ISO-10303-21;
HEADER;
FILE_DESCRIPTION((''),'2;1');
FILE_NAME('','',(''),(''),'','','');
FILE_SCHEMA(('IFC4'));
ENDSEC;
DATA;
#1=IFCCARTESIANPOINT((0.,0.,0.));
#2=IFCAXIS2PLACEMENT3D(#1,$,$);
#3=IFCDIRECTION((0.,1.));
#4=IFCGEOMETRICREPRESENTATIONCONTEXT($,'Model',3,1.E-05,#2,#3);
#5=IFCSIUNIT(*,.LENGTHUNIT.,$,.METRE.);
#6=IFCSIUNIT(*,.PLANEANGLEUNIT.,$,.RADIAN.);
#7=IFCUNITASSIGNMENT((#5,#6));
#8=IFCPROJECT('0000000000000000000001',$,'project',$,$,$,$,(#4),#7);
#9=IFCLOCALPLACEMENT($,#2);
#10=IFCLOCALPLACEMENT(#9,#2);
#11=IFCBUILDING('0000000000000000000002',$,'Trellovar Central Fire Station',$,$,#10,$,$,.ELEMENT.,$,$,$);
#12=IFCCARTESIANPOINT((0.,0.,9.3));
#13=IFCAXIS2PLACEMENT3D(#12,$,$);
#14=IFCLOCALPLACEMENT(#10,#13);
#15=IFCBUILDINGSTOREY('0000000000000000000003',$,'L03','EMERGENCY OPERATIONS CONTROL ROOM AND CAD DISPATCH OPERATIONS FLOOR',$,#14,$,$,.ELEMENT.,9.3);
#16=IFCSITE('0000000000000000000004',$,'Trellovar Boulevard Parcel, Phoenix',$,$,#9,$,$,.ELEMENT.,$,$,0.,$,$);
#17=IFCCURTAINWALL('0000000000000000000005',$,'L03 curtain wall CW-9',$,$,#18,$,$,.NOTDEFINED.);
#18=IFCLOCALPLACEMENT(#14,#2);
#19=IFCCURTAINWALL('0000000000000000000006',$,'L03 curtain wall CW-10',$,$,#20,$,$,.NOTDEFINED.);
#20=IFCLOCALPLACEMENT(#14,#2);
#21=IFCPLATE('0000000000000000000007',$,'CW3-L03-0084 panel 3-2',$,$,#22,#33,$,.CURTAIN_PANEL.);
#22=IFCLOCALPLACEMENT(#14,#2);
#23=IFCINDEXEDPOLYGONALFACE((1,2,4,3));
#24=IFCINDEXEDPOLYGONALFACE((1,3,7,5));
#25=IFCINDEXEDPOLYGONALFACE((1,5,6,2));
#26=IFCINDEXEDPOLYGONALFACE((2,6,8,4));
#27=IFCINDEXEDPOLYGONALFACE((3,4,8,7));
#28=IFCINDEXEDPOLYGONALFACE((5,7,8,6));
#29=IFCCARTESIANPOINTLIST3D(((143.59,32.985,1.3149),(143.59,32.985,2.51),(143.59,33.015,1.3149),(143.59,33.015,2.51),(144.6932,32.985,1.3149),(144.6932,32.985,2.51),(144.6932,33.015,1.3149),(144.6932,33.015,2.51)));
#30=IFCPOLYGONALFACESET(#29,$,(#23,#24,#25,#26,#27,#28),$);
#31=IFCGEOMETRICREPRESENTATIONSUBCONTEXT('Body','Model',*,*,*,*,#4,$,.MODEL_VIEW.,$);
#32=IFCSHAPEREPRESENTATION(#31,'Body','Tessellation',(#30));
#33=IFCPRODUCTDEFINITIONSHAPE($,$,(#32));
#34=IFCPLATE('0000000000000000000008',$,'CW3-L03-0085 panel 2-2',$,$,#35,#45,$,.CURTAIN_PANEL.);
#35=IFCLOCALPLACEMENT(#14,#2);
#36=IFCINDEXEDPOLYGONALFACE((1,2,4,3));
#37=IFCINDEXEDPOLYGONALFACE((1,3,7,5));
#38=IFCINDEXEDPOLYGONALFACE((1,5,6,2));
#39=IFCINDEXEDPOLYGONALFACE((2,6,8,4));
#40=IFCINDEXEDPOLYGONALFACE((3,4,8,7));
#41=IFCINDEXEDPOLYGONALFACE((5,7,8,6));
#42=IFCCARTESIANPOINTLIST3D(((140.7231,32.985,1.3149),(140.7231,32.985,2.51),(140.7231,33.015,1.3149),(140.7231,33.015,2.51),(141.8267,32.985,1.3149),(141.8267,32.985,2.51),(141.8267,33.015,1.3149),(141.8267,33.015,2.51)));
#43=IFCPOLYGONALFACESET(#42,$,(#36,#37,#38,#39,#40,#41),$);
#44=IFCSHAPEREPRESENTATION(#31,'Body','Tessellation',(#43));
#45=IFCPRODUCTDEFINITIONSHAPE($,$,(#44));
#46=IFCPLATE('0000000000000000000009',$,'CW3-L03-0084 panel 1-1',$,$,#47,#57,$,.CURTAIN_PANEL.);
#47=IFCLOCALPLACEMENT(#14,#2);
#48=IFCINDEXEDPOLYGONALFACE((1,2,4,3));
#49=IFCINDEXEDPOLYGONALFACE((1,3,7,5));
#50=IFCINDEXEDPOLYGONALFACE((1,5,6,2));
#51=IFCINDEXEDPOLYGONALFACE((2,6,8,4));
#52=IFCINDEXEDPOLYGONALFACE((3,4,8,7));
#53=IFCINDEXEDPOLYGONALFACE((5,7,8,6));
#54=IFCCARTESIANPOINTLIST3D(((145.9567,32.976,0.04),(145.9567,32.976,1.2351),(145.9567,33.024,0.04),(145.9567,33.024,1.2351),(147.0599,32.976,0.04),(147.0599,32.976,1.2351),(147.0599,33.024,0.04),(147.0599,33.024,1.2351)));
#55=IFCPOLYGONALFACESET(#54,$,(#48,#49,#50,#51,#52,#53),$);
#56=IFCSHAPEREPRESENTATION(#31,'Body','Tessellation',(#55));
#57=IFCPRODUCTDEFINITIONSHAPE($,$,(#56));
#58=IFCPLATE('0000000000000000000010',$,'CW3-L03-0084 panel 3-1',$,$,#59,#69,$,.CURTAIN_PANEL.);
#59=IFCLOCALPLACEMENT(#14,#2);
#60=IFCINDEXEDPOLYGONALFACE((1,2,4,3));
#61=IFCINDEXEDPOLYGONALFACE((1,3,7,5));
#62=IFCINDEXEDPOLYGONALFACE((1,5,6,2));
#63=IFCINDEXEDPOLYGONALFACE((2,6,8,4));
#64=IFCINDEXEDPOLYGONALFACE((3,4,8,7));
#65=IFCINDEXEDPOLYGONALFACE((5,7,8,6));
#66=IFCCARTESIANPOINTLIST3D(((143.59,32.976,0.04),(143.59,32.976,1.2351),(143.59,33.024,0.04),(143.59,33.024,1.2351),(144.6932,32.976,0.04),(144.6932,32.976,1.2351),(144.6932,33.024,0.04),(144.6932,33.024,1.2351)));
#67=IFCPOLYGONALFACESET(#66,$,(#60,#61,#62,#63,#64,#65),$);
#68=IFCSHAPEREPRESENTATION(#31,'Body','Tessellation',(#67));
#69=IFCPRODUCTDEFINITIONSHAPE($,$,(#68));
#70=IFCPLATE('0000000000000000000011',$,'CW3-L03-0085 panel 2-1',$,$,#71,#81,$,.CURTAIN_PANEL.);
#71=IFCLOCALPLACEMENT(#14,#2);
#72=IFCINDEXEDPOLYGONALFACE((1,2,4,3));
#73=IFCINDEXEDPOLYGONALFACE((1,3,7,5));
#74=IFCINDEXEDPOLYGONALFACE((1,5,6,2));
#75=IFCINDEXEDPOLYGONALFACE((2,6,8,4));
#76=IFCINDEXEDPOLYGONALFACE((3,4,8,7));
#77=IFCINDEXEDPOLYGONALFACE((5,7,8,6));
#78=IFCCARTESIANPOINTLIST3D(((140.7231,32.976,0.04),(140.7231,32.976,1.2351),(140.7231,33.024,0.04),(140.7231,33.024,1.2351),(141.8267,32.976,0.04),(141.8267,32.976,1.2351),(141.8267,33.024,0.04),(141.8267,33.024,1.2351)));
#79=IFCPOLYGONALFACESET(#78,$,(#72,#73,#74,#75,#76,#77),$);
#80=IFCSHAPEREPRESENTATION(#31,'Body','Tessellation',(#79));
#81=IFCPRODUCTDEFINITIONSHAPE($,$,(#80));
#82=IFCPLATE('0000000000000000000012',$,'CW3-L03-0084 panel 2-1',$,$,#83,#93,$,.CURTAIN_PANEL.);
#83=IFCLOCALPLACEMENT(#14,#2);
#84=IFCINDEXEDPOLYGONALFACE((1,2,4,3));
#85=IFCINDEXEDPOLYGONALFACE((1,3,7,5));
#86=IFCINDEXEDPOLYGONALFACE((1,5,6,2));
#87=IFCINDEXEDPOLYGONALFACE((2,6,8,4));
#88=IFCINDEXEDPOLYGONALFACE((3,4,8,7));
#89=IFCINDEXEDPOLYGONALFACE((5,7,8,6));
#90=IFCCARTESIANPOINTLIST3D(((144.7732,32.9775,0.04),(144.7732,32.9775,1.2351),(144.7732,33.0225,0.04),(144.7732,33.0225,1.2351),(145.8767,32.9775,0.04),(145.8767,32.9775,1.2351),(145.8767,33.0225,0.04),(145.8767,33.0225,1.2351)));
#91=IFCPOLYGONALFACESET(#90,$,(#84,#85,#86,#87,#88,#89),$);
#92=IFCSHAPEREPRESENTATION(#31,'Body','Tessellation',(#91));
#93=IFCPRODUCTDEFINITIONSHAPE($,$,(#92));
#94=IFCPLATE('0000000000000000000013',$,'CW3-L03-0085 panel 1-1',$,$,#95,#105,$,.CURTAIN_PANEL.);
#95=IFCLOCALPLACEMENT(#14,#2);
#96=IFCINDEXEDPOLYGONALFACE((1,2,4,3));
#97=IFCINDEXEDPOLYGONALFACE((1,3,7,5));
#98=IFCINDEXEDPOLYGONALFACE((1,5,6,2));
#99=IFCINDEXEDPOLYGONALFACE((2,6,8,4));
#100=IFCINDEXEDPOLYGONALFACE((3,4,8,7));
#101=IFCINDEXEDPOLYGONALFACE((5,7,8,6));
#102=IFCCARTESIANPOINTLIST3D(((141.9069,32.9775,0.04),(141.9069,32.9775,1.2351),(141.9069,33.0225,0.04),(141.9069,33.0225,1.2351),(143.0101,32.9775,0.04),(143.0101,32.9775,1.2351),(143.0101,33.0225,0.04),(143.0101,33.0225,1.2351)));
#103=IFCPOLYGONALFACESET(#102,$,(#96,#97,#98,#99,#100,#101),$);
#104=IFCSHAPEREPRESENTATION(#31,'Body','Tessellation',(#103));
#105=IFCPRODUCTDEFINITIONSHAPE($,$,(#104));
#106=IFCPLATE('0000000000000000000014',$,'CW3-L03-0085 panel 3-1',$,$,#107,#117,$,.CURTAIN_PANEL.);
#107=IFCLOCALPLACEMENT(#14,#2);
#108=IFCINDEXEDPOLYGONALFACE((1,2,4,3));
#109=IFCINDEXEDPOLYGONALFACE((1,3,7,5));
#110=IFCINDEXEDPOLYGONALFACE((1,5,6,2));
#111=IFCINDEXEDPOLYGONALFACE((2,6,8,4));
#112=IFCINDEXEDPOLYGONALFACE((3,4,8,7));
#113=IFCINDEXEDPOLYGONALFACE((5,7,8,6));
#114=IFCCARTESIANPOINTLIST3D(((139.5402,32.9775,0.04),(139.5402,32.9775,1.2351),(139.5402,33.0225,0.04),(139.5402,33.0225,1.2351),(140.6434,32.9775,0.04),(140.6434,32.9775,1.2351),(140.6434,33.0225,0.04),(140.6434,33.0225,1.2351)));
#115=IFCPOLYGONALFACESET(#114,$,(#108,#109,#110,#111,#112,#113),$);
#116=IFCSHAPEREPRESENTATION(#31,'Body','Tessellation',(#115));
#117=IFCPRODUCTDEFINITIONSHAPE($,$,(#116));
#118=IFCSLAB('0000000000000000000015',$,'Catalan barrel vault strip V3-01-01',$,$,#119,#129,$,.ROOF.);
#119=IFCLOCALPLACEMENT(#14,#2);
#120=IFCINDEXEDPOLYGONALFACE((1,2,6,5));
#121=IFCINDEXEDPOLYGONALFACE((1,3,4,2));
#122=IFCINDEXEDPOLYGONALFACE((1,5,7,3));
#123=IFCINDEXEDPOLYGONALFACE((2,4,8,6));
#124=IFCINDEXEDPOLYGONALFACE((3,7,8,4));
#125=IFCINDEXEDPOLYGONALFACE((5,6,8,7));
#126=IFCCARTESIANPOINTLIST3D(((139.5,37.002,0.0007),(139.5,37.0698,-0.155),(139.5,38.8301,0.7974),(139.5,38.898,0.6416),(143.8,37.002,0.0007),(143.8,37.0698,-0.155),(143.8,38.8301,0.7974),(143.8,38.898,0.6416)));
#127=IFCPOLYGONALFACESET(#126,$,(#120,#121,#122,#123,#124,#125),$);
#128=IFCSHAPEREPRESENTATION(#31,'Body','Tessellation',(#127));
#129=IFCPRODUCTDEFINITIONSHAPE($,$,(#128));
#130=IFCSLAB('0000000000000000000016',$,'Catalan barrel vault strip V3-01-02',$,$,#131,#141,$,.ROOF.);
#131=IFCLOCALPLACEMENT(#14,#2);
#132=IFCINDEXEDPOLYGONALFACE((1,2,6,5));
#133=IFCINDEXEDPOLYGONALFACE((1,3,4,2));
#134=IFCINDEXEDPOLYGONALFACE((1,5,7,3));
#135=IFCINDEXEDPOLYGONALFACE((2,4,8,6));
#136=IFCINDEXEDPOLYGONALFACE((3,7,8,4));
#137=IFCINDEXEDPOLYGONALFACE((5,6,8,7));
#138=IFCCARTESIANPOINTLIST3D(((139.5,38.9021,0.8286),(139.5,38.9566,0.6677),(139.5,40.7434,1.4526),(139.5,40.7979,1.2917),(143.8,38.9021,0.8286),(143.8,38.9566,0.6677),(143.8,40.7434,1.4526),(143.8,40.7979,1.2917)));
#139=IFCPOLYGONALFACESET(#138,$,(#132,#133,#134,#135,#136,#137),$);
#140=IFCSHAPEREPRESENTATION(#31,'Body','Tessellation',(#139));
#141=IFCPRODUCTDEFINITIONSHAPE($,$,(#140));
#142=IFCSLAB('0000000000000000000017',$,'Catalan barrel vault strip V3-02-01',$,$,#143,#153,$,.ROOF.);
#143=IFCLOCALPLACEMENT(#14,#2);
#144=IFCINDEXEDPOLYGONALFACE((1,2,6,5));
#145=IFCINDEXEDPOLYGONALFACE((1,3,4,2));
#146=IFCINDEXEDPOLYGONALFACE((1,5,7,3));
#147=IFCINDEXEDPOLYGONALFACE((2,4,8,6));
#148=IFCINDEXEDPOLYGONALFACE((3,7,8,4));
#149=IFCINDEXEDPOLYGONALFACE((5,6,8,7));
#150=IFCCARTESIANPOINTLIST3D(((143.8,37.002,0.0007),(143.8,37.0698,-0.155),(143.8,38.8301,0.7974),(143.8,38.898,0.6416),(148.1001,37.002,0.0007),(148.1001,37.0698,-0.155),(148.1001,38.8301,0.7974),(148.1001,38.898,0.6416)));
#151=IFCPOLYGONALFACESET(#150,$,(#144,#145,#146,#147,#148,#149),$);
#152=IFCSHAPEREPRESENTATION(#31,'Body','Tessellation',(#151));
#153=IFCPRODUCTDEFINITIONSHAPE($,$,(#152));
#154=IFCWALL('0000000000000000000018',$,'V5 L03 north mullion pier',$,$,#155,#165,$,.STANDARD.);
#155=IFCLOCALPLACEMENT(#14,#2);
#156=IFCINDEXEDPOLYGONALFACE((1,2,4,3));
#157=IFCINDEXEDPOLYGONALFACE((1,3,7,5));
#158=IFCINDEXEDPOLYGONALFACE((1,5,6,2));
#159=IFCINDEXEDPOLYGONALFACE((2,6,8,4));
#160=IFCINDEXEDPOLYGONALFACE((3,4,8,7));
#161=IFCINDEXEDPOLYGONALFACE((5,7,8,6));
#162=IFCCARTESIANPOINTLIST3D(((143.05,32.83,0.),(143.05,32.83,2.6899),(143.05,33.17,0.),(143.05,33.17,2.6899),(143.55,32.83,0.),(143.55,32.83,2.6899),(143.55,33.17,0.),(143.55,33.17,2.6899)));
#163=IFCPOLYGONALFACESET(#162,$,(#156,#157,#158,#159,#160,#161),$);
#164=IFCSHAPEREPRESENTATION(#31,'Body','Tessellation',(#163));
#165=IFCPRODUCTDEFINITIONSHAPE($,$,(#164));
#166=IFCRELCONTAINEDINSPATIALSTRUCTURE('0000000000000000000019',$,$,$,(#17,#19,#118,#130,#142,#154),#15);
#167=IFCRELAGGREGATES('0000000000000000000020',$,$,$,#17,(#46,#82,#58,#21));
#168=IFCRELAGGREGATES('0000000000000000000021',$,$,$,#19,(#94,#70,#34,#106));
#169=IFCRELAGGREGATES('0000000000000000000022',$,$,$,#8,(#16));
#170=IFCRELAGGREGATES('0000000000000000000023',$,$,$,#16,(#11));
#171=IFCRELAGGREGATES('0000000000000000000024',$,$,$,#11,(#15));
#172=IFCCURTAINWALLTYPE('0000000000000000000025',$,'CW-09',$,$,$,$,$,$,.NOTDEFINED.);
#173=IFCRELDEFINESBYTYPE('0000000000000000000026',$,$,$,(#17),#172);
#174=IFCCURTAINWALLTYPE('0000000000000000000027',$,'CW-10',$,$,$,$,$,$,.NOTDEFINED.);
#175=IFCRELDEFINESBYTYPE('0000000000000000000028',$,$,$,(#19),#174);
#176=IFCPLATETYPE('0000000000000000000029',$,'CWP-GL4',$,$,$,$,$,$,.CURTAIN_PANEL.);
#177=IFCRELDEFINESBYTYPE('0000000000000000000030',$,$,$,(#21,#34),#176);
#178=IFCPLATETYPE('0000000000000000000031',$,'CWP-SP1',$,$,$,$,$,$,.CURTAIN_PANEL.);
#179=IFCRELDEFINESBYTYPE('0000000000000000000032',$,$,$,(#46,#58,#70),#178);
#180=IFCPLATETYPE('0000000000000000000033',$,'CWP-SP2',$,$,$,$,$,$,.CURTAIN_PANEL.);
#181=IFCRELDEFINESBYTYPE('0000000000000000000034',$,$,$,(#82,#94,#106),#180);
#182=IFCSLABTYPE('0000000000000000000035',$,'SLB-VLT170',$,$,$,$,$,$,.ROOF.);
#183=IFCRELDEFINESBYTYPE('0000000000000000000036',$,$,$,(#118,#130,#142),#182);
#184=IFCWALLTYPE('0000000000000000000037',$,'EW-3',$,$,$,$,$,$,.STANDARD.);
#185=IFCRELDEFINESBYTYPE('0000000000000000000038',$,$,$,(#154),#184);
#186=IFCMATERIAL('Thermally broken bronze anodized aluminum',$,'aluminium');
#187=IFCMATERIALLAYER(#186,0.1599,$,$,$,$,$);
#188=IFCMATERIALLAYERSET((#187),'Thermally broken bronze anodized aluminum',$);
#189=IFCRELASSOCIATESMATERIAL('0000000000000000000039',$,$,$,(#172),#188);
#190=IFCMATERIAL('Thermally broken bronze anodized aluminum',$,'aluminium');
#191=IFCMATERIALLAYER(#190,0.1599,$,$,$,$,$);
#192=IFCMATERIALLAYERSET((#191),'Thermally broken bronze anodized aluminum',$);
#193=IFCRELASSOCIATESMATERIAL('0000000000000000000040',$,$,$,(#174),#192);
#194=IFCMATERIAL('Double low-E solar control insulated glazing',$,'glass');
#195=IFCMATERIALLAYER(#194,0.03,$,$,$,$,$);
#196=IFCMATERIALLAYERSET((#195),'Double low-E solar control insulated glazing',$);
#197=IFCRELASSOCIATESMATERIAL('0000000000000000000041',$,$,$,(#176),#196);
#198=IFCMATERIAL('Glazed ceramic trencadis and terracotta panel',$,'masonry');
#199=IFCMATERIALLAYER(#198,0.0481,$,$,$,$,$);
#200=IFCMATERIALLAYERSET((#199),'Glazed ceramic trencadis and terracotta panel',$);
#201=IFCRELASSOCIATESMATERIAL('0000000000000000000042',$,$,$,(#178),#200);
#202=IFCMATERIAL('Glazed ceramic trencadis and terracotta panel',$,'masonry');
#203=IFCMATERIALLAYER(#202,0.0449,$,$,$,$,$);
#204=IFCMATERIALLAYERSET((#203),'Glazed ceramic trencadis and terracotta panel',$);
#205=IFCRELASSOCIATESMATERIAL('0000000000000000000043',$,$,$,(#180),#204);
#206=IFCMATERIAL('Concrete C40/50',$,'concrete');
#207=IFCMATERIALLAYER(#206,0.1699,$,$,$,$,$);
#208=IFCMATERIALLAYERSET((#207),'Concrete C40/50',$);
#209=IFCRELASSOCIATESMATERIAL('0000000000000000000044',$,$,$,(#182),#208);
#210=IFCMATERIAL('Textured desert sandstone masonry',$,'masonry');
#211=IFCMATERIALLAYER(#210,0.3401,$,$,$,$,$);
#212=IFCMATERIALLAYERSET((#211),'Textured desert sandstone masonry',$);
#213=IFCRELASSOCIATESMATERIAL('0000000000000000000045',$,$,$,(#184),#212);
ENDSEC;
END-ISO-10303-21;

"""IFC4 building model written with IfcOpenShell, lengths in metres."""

from ifc_helpers import new_model, si_unit, direction, frame, frame_2d, origin, origin_2d, place, context, subcontext, project, spatial, polyline, rectangle, outline, extrude, material, layer, layer_set, type_object, element, aggregate, save


model = new_model("IFC4")

# Units and contexts
model_context = context("Model", 3, precision=1e-05, world=origin(), true_north=direction((0.0, 1.0)))
body_context = subcontext(model_context, "Body", "Model", "MODEL_VIEW")
ifc_project = project(units=[si_unit("LENGTHUNIT", "METRE"), si_unit("PLANEANGLEUNIT", "RADIAN")], contexts=[model_context])

# Site, building, storey
site_placement = place(None, origin())
site = spatial("IfcSite", under=ifc_project, at=site_placement, Name="Trellovar Boulevard Parcel, Phoenix", CompositionType="ELEMENT", RefElevation=0.0)
building_placement = place(site_placement, origin())
building = spatial("IfcBuilding", under=site, at=building_placement, Name="Trellovar Central Fire Station", CompositionType="ELEMENT")
storey_placement = place(building_placement, frame((0.0, 0.0, 9.3)))
storey = spatial("IfcBuildingStorey", under=building, at=storey_placement, Name="L03", Description="EMERGENCY OPERATIONS CONTROL ROOM AND CAD DISPATCH OPERATIONS FLOOR", CompositionType="ELEMENT", Elevation=9.3)

# Curtain wall
ifc_material_1 = material(Name="Thermally broken bronze anodized aluminum", Category="aluminium")
ifc_layer_1 = layer(ifc_material_1, 0.1599)
ifc_layer_set_1 = layer_set([ifc_layer_1], Name="Thermally broken bronze anodized aluminum")
curtain_wall_type_1 = type_object("IfcCurtainWallType", Name="CW-09", PredefinedType="NOTDEFINED", material=ifc_layer_set_1)
curtain_wall_1_placement = place(storey_placement, origin())
curtain_wall_1 = element("IfcCurtainWall", 1, at=curtain_wall_1_placement, inside=storey, type_object=curtain_wall_type_1, Name="L03 curtain wall CW-9", PredefinedType="NOTDEFINED")

# Curtain wall
ifc_material_2 = material(Name="Thermally broken bronze anodized aluminum", Category="aluminium")
ifc_layer_2 = layer(ifc_material_2, 0.1599)
ifc_layer_set_2 = layer_set([ifc_layer_2], Name="Thermally broken bronze anodized aluminum")
curtain_wall_type_2 = type_object("IfcCurtainWallType", Name="CW-10", PredefinedType="NOTDEFINED", material=ifc_layer_set_2)
curtain_wall_2_placement = place(storey_placement, origin())
curtain_wall_2 = element("IfcCurtainWall", 2, at=curtain_wall_2_placement, inside=storey, type_object=curtain_wall_type_2, Name="L03 curtain wall CW-10", PredefinedType="NOTDEFINED")

# Plates
ifc_material_3 = material(Name="Double low-E solar control insulated glazing", Category="glass")
ifc_layer_3 = layer(ifc_material_3, 0.03)
ifc_layer_set_3 = layer_set([ifc_layer_3], Name="Double low-E solar control insulated glazing")
plate_type_1 = type_object("IfcPlateType", Name="CWP-GL4", PredefinedType="CURTAIN_PANEL", material=ifc_layer_set_3)
plate_1_placement = place(storey_placement, frame((144.1416, 33.0, 1.3149), z_axis=(0.0, 0.0, 1.0), x_axis=(-1.0, 0.0, 0.0)))
plate_1 = element("IfcPlate", 3, at=plate_1_placement, type_object=plate_type_1, Name="CW3-L03-0084 panel 3-2", PredefinedType="CURTAIN_PANEL", context=body_context, shape_type="SweptSolid", body=[
    extrude(rectangle(XDim=1.1033, YDim=0.03, at=origin_2d()), origin(), (0.0, 0.0, 1.0), 1.1951),
])
plate_2_placement = place(storey_placement, frame((141.2749, 33.0, 1.3149), z_axis=(0.0, 0.0, 1.0), x_axis=(-1.0, 0.0, 0.0)))
plate_2 = element("IfcPlate", 4, at=plate_2_placement, type_object=plate_type_1, Name="CW3-L03-0085 panel 2-2", PredefinedType="CURTAIN_PANEL", context=body_context, shape_type="SweptSolid", body=[
    extrude(rectangle(XDim=1.1035, YDim=0.03, at=origin_2d()), origin(), (0.0, 0.0, 1.0), 1.1951),
])
ifc_material_4 = material(Name="Glazed ceramic trencadis and terracotta panel", Category="masonry")
ifc_layer_4 = layer(ifc_material_4, 0.0481)
ifc_layer_set_4 = layer_set([ifc_layer_4], Name="Glazed ceramic trencadis and terracotta panel")
plate_type_2 = type_object("IfcPlateType", Name="CWP-SP1", PredefinedType="CURTAIN_PANEL", material=ifc_layer_set_4)
plate_3_placement = place(storey_placement, frame((146.5083, 33.0, 0.04), z_axis=(0.0, 0.0, 1.0), x_axis=(-1.0, 0.0, 0.0)))
plate_3 = element("IfcPlate", 5, at=plate_3_placement, type_object=plate_type_2, Name="CW3-L03-0084 panel 1-1", PredefinedType="CURTAIN_PANEL", context=body_context, shape_type="SweptSolid", body=[
    extrude(rectangle(XDim=1.1033, YDim=0.0481, at=origin_2d()), origin(), (0.0, 0.0, 1.0), 1.1951),
])
plate_4_placement = place(storey_placement, frame((144.1416, 33.0, 0.04), z_axis=(0.0, 0.0, 1.0), x_axis=(-1.0, 0.0, 0.0)))
plate_4 = element("IfcPlate", 6, at=plate_4_placement, type_object=plate_type_2, Name="CW3-L03-0084 panel 3-1", PredefinedType="CURTAIN_PANEL", context=body_context, shape_type="SweptSolid", body=[
    extrude(rectangle(XDim=1.1033, YDim=0.0481, at=origin_2d()), origin(), (0.0, 0.0, 1.0), 1.1951),
])
plate_5_placement = place(storey_placement, frame((141.2749, 33.0, 0.04), z_axis=(0.0, 0.0, 1.0), x_axis=(-1.0, 0.0, 0.0)))
plate_5 = element("IfcPlate", 7, at=plate_5_placement, type_object=plate_type_2, Name="CW3-L03-0085 panel 2-1", PredefinedType="CURTAIN_PANEL", context=body_context, shape_type="SweptSolid", body=[
    extrude(rectangle(XDim=1.1035, YDim=0.0481, at=origin_2d()), origin(), (0.0, 0.0, 1.0), 1.1951),
])
ifc_material_5 = material(Name="Glazed ceramic trencadis and terracotta panel", Category="masonry")
ifc_layer_5 = layer(ifc_material_5, 0.0449)
ifc_layer_set_5 = layer_set([ifc_layer_5], Name="Glazed ceramic trencadis and terracotta panel")
plate_type_3 = type_object("IfcPlateType", Name="CWP-SP2", PredefinedType="CURTAIN_PANEL", material=ifc_layer_set_5)
plate_6_placement = place(storey_placement, frame((145.325, 33.0, 0.04), z_axis=(0.0, 0.0, 1.0), x_axis=(-1.0, 0.0, 0.0)))
plate_6 = element("IfcPlate", 8, at=plate_6_placement, type_object=plate_type_3, Name="CW3-L03-0084 panel 2-1", PredefinedType="CURTAIN_PANEL", context=body_context, shape_type="SweptSolid", body=[
    extrude(rectangle(XDim=1.1035, YDim=0.0449, at=origin_2d()), origin(), (0.0, 0.0, 1.0), 1.1951),
])
aggregate(curtain_wall_1, [plate_3, plate_6, plate_4, plate_1])
plate_7_placement = place(storey_placement, frame((142.4585, 33.0, 0.04), z_axis=(0.0, 0.0, 1.0), x_axis=(-1.0, 0.0, 0.0)))
plate_7 = element("IfcPlate", 9, at=plate_7_placement, type_object=plate_type_3, Name="CW3-L03-0085 panel 1-1", PredefinedType="CURTAIN_PANEL", context=body_context, shape_type="SweptSolid", body=[
    extrude(rectangle(XDim=1.1033, YDim=0.0449, at=origin_2d()), origin(), (0.0, 0.0, 1.0), 1.1951),
])
plate_8_placement = place(storey_placement, frame((140.0918, 33.0, 0.04), z_axis=(0.0, 0.0, 1.0), x_axis=(-1.0, 0.0, 0.0)))
plate_8 = element("IfcPlate", 10, at=plate_8_placement, type_object=plate_type_3, Name="CW3-L03-0085 panel 3-1", PredefinedType="CURTAIN_PANEL", context=body_context, shape_type="SweptSolid", body=[
    extrude(rectangle(XDim=1.1033, YDim=0.0449, at=origin_2d()), origin(), (0.0, 0.0, 1.0), 1.1951),
])
aggregate(curtain_wall_2, [plate_7, plate_5, plate_2, plate_8])

# Slabs
ifc_material_6 = material(Name="Concrete C40/50", Category="concrete")
ifc_layer_6 = layer(ifc_material_6, 0.1699)
ifc_layer_set_6 = layer_set([ifc_layer_6], Name="Concrete C40/50")
slab_type = type_object("IfcSlabType", Name="SLB-VLT170", PredefinedType="ROOF", material=ifc_layer_set_6)
slab_1_placement = place(storey_placement, frame((139.5, 37.002, 0.0007), z_axis=(0.0, -0.399483, 0.916741), x_axis=(1.0, 0.0, 0.0)))
element("IfcSlab", 11, at=slab_1_placement, inside=storey, type_object=slab_type, Name="Catalan barrel vault strip V3-01-01", PredefinedType="ROOF", context=body_context, shape_type="SweptSolid", body=[
    extrude(outline(polyline([(0.0, 0.0), (4.3, 0.0), (4.3, 1.9942), (0.0, 1.9942), (0.0, 0.0)])), origin(), (0.0, 0.0, -1.0), 0.1699),
])
slab_2_placement = place(storey_placement, frame((139.5, 38.9021, 0.8286), z_axis=(0.0, -0.320971, 0.947089), x_axis=(1.0, 0.0, 0.0)))
element("IfcSlab", 12, at=slab_2_placement, inside=storey, type_object=slab_type, Name="Catalan barrel vault strip V3-01-02", PredefinedType="ROOF", context=body_context, shape_type="SweptSolid", body=[
    extrude(outline(polyline([(0.0, 0.0), (4.3, 0.0), (4.3, 1.9442), (0.0, 1.9442), (0.0, 0.0)])), origin(), (0.0, 0.0, -1.0), 0.1699),
])
slab_3_placement = place(storey_placement, frame((143.8, 37.002, 0.0007), z_axis=(0.0, -0.399483, 0.916741), x_axis=(1.0, 0.0, 0.0)))
element("IfcSlab", 13, at=slab_3_placement, inside=storey, type_object=slab_type, Name="Catalan barrel vault strip V3-02-01", PredefinedType="ROOF", context=body_context, shape_type="SweptSolid", body=[
    extrude(outline(polyline([(0.0, 0.0), (4.3, 0.0), (4.3, 1.9942), (0.0, 1.9942), (0.0, 0.0)])), origin(), (0.0, 0.0, -1.0), 0.1699),
])

# Wall
ifc_material_7 = material(Name="Textured desert sandstone masonry", Category="masonry")
ifc_layer_7 = layer(ifc_material_7, 0.3401)
ifc_layer_set_7 = layer_set([ifc_layer_7], Name="Textured desert sandstone masonry")
wall_type_1 = type_object("IfcWallType", Name="EW-3", PredefinedType="STANDARD", material=ifc_layer_set_7)
wall_placement = place(storey_placement, frame((143.55, 33.0, 0.0), z_axis=(0.0, 0.0, 1.0), x_axis=(-1.0, 0.0, 0.0)))
element("IfcWall", 14, at=wall_placement, inside=storey, type_object=wall_type_1, Name="V5 L03 north mullion pier", PredefinedType="STANDARD", context=body_context, shape_type="SweptSolid", body=[
    extrude(rectangle(XDim=0.5, YDim=0.3401, at=frame_2d((0.25, 0.0))), origin(), (0.0, 0.0, 1.0), 2.6899),
])

save(model, "model.ifc")
